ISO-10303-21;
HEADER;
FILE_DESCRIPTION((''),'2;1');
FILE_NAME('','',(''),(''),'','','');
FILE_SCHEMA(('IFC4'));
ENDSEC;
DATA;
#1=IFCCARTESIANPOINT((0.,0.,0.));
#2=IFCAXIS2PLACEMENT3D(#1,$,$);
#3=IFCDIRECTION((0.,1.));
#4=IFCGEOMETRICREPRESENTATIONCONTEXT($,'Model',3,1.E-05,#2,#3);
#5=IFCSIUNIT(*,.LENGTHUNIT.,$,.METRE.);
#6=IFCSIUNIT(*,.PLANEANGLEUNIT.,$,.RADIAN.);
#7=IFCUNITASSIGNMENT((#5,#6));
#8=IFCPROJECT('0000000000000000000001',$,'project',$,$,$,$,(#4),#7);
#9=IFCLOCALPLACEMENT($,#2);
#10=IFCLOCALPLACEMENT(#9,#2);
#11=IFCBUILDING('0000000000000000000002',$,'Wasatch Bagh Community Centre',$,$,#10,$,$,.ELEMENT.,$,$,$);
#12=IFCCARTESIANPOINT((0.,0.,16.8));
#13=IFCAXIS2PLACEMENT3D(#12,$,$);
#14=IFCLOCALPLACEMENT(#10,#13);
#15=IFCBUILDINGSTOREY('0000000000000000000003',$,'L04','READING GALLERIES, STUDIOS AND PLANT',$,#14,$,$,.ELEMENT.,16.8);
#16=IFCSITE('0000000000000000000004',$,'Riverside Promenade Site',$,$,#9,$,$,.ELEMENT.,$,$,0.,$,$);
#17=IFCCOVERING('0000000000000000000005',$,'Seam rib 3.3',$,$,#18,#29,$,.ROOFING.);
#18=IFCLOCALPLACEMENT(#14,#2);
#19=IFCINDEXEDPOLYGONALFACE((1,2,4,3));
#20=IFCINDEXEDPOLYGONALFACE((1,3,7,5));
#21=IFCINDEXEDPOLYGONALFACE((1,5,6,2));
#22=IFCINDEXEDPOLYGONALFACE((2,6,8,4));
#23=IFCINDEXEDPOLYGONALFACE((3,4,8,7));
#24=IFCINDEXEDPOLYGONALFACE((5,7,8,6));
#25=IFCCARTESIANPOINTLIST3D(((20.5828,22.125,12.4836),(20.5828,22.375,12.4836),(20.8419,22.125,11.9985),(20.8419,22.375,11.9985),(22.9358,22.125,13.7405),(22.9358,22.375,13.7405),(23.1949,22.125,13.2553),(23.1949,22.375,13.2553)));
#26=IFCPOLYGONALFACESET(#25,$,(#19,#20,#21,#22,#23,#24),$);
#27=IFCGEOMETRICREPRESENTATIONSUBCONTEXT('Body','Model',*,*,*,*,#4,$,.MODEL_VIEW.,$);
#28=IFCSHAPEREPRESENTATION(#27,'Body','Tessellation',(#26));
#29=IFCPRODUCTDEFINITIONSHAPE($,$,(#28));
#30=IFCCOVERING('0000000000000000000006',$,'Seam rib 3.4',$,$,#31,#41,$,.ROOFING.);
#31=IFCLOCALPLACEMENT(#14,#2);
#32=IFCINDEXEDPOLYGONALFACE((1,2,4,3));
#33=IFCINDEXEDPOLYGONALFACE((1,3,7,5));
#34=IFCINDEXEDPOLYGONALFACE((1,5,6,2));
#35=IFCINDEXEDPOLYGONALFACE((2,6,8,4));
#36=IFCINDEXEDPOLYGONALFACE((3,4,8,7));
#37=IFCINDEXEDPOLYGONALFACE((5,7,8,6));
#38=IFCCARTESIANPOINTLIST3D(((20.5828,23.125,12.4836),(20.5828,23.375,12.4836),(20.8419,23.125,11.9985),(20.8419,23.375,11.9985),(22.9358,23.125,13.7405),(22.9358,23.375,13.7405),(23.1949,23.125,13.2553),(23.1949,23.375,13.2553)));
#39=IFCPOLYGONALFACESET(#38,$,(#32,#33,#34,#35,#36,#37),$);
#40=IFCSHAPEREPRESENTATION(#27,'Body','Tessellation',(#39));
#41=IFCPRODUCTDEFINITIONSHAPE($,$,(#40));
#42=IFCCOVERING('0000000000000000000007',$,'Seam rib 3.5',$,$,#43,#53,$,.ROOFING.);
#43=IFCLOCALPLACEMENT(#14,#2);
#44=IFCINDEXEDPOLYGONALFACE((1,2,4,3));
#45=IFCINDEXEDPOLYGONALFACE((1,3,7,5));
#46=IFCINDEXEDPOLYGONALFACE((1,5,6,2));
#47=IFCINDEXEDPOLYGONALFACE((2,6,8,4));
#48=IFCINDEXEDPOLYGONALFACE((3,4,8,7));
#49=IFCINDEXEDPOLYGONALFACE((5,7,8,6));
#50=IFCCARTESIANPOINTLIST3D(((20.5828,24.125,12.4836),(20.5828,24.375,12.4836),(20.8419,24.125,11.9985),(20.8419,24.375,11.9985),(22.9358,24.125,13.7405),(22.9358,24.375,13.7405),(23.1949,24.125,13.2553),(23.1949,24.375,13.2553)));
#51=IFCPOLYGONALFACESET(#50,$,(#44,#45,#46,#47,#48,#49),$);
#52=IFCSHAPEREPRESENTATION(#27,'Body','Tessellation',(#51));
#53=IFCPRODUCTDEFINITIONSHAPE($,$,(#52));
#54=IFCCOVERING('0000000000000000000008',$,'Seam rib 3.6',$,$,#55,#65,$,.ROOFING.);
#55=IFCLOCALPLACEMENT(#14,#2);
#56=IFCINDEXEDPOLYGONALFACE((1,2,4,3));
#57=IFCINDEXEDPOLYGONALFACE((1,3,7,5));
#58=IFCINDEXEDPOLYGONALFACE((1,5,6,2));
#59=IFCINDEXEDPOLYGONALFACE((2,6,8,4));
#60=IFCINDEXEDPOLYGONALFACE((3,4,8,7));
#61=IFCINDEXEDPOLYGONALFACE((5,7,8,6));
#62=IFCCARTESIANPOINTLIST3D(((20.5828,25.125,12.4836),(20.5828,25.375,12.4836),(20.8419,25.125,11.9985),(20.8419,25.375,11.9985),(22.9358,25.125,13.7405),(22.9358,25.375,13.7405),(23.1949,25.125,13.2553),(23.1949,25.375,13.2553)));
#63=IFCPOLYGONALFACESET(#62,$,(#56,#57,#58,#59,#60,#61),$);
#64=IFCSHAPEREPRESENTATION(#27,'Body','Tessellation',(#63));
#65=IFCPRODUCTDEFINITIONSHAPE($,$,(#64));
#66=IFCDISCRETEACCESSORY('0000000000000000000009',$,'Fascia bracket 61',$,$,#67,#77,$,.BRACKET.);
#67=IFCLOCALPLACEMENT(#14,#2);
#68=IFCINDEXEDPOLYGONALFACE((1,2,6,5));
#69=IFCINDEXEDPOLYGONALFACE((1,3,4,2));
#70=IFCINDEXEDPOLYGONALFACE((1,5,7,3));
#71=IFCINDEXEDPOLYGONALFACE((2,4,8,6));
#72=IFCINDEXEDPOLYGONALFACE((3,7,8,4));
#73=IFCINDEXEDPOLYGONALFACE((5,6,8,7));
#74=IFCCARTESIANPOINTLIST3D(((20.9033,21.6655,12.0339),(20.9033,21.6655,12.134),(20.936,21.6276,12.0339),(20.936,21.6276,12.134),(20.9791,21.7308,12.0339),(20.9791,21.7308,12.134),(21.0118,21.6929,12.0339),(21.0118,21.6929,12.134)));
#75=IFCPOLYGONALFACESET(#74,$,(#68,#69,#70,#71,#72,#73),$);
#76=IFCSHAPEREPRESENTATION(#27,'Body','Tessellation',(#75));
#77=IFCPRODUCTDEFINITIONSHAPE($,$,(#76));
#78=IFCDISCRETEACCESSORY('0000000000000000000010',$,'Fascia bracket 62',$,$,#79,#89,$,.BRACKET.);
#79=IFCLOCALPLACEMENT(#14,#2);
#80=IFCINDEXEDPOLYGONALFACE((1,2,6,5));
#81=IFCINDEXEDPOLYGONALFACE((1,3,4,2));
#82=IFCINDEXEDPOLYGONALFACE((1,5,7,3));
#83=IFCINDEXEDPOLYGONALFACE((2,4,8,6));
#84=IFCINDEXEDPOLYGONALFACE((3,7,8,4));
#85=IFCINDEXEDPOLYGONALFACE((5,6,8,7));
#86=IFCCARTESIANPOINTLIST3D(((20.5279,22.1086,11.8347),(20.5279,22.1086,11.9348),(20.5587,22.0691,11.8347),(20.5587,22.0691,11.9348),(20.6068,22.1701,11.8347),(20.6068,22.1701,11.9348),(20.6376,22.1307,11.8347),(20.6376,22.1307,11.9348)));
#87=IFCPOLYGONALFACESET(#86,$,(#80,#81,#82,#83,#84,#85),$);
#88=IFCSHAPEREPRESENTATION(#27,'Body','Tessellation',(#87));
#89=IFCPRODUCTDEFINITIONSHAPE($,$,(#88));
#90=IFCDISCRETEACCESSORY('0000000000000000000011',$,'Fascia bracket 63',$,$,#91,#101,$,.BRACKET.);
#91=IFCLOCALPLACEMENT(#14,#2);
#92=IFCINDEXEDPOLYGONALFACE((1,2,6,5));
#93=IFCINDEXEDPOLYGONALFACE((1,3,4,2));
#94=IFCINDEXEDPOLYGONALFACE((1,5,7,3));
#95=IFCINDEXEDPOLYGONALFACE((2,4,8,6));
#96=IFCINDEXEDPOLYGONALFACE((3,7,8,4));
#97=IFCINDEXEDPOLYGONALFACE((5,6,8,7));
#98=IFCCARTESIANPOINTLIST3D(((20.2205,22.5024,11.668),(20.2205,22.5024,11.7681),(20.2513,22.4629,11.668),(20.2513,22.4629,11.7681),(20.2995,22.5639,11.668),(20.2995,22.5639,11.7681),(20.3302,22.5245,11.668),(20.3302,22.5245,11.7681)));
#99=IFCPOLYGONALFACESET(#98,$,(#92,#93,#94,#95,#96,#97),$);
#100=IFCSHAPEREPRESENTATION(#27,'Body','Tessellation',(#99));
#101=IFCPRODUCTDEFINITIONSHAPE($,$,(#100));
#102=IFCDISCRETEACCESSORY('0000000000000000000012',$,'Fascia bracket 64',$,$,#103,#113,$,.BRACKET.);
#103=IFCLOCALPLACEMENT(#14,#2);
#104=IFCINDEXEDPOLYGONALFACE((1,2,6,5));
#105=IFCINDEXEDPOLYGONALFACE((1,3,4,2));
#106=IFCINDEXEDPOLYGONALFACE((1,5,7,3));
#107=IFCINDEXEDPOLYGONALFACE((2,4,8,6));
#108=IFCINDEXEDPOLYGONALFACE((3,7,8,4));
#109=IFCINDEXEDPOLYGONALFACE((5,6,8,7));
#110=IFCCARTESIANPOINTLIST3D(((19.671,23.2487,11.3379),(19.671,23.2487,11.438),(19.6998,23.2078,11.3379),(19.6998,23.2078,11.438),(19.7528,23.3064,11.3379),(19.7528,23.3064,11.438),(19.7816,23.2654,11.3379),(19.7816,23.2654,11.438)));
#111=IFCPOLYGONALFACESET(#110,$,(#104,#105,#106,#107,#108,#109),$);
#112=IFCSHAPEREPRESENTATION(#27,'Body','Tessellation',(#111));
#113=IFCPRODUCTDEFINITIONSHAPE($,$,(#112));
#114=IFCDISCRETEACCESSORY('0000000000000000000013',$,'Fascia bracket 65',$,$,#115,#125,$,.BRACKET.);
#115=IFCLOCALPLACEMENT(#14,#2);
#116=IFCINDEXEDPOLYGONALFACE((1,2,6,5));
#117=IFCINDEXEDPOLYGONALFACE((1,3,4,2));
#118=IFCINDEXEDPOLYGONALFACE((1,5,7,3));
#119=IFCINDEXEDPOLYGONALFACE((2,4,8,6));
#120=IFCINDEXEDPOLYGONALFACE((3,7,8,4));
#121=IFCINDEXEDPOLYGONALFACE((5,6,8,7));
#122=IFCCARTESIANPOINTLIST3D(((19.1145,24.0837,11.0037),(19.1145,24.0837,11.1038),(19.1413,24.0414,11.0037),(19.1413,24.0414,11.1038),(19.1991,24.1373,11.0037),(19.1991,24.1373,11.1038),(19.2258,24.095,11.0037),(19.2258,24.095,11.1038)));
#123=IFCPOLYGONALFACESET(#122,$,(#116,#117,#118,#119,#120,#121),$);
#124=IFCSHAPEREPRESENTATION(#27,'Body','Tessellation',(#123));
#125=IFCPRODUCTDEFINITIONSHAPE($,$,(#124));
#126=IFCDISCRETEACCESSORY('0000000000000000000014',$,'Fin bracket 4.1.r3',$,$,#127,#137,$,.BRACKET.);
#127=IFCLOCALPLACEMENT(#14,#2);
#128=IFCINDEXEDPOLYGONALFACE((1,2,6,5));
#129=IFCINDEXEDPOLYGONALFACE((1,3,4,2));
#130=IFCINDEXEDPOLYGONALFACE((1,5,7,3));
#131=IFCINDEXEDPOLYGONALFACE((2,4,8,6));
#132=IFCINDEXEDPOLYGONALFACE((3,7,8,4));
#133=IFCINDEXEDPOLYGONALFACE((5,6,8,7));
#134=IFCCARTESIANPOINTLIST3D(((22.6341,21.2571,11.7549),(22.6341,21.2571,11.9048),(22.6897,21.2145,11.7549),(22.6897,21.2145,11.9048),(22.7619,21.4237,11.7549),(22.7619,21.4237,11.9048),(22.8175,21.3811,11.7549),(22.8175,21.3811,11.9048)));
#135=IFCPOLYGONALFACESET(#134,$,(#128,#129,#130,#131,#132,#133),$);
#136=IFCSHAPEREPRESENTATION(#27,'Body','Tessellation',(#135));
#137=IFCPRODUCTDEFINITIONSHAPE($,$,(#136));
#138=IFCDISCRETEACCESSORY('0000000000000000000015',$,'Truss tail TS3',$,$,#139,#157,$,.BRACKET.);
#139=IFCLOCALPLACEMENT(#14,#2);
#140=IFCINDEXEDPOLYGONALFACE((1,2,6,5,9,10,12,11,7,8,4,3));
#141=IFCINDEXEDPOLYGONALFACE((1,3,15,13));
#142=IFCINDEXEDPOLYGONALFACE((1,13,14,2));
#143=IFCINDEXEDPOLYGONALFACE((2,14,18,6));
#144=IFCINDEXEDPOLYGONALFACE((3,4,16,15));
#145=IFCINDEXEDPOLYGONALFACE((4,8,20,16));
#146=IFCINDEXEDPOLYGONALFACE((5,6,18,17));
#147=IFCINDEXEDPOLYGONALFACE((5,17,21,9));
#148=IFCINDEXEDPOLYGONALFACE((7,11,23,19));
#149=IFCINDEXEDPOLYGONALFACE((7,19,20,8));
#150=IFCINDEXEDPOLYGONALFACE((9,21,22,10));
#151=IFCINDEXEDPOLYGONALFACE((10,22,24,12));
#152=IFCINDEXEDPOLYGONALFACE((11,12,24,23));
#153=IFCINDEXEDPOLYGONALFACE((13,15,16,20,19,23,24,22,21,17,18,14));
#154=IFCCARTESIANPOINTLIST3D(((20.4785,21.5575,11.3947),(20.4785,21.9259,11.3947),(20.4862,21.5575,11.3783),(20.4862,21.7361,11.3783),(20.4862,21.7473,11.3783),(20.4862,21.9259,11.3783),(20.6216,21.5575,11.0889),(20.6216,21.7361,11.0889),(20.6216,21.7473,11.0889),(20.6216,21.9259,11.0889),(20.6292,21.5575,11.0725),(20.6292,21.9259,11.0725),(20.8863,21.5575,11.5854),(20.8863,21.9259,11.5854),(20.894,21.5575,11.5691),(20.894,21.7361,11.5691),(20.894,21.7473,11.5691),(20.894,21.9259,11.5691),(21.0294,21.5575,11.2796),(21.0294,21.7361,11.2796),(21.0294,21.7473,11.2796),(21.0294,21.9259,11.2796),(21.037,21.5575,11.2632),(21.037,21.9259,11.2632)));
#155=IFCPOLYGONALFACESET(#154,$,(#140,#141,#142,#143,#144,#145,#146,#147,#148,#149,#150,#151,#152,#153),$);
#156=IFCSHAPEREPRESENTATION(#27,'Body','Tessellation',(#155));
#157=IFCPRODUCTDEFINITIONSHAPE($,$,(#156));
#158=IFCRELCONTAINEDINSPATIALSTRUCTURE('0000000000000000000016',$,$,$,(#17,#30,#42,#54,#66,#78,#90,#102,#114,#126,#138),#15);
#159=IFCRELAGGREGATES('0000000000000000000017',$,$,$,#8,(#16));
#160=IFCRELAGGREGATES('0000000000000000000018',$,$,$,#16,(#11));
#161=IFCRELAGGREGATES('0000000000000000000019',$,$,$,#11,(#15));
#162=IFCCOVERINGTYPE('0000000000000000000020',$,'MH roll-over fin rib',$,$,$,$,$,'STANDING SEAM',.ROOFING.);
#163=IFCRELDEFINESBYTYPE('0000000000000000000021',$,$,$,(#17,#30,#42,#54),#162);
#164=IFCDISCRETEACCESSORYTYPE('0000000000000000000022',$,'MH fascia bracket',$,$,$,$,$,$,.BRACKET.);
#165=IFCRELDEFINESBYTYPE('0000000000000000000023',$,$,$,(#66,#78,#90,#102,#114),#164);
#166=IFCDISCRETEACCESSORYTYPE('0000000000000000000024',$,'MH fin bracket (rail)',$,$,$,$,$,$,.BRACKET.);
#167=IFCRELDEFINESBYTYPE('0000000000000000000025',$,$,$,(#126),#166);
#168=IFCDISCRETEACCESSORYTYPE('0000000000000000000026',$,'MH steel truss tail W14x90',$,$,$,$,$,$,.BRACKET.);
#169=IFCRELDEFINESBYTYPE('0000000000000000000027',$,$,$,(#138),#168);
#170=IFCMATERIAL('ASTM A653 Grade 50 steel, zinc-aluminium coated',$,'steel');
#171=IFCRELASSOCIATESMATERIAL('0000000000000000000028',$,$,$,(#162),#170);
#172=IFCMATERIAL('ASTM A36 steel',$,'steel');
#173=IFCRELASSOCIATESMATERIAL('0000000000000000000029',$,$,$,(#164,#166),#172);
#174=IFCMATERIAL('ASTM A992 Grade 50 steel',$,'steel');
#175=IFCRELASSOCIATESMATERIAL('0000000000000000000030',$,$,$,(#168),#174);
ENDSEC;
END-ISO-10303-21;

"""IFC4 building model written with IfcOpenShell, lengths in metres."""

from ifc_helpers import new_model, si_unit, direction, frame, origin, origin_2d, place, context, subcontext, project, spatial, polyline, rectangle, i_section, outline, extrude, material, material_profile, profile_set, type_object, element, save


model = new_model("IFC4")

# Units and contexts
model_context = context("Model", 3, precision=1e-05, world=origin(), true_north=direction((0.0, 1.0)))
body_context = subcontext(model_context, "Body", "Model", "MODEL_VIEW")
ifc_project = project(units=[si_unit("LENGTHUNIT", "METRE"), si_unit("PLANEANGLEUNIT", "RADIAN")], contexts=[model_context])

# Site, building, storey
site_placement = place(None, origin())
site = spatial("IfcSite", under=ifc_project, at=site_placement, Name="Riverside Promenade Site", CompositionType="ELEMENT", RefElevation=0.0)
building_placement = place(site_placement, origin())
building = spatial("IfcBuilding", under=site, at=building_placement, Name="Wasatch Bagh Community Centre", CompositionType="ELEMENT")
storey_placement = place(building_placement, frame((0.0, 0.0, 16.8)))
storey = spatial("IfcBuildingStorey", under=building, at=storey_placement, Name="L04", Description="READING GALLERIES, STUDIOS AND PLANT", CompositionType="ELEMENT", Elevation=16.8)

# Shared definitions
ifc_material_1 = material(Name="ASTM A992 Grade 50 steel", Category="steel")

# Coverings
ifc_material_2 = material(Name="ASTM A653 Grade 50 steel, zinc-aluminium coated", Category="steel")
covering_type_1 = type_object("IfcCoveringType", Name="MH roll-over fin rib", ElementType="STANDING SEAM", PredefinedType="ROOFING", material=ifc_material_2)
for number, where, z_axis, x_axis, name in (
    (1, (20.5828, 22.125, 12.4836), (-0.471139, 0.0, 0.882059), (0.882059, 0.0, 0.471139), "Seam rib 3.3"),
    (2, (20.5828, 23.125, 12.4836), (-0.471139, 0.0, 0.882059), (0.882059, 0.0, 0.471139), "Seam rib 3.4"),
    (3, (20.5828, 24.125, 12.4836), (-0.471139, 0.0, 0.882059), (0.882059, 0.0, 0.471139), "Seam rib 3.5"),
    (4, (20.5828, 25.125, 12.4836), (-0.471139, 0.0, 0.882059), (0.882059, 0.0, 0.471139), "Seam rib 3.6"),
):
    element("IfcCovering", number, at=place(storey_placement, frame(where, z_axis=z_axis, x_axis=x_axis)), inside=storey, type_object=covering_type_1, Name=name, PredefinedType="ROOFING", context=body_context, shape_type="SweptSolid", body=[
        extrude(outline(polyline([(0.0, 0.0), (2.6677, 0.0), (2.6677, 0.25), (0.0, 0.25), (0.0, 0.0)])), origin(), (0.0, 0.0, -1.0), 0.55),
    ])

# Discrete accessories
ifc_material_3 = material(Name="ASTM A36 steel", Category="steel")
discrete_accessory_type_1 = type_object("IfcDiscreteAccessoryType", Name="MH fascia bracket", PredefinedType="BRACKET", material=ifc_material_3)
for number, where, z_axis, x_axis, name in (
    (5, (20.9575, 21.6792, 12.0339), (0.0, 0.0, 1.0), (-0.757209, -0.653173, 0.0), "Fascia bracket 61"),
    (6, (20.5828, 22.1196, 11.8347), (0.0, 0.0, 1.0), (-0.788346, -0.615232, 0.0), "Fascia bracket 62"),
    (7, (20.2754, 22.5134, 11.668), (0.0, 0.0, 1.0), (-0.788346, -0.615232, 0.0), "Fascia bracket 63"),
    (8, (19.7263, 23.2571, 11.3379), (0.0, 0.0, 1.0), (-0.817585, -0.575808, 0.0), "Fascia bracket 64"),
    (9, (19.1702, 24.0894, 11.0037), (0.0, 0.0, 1.0), (-0.844854, -0.534998, 0.0), "Fascia bracket 65"),
):
    element("IfcDiscreteAccessory", number, at=place(storey_placement, frame(where, z_axis=z_axis, x_axis=x_axis)), inside=storey, type_object=discrete_accessory_type_1, Name=name, PredefinedType="BRACKET", context=body_context, shape_type="SweptSolid", body=[
        extrude(rectangle(XDim=0.1001, YDim=0.05, at=origin_2d()), origin(), (0.0, 0.0, 1.0), 0.1001),
    ])
discrete_accessory_type_2 = type_object("IfcDiscreteAccessoryType", Name="MH fin bracket (rail)", PredefinedType="BRACKET", material=ifc_material_3)
discrete_accessory_1_placement = place(storey_placement, frame((22.7258, 21.3191, 11.7549), z_axis=(0.0, 0.0, 1.0), x_axis=(0.793353, -0.608761, 0.0)))
element("IfcDiscreteAccessory", 10, at=discrete_accessory_1_placement, inside=storey, type_object=discrete_accessory_type_2, Name="Fin bracket 4.1.r3", PredefinedType="BRACKET", context=body_context, shape_type="SweptSolid", body=[
    extrude(rectangle(XDim=0.0701, YDim=0.21, at=origin_2d()), origin(), (0.0, 0.0, 1.0), 0.1499),
])
ifc_material_profile_1 = material_profile(ifc_material_1, i_section(OverallWidth=0.3684, OverallDepth=0.3557, WebThickness=0.0112, FlangeThickness=0.0181, at=origin_2d()), Name="W14x90")
ifc_profile_set_1 = profile_set([ifc_material_profile_1], Name="ASTM A992 Grade 50 steel")
discrete_accessory_type_3 = type_object("IfcDiscreteAccessoryType", Name="MH steel truss tail W14x90", PredefinedType="BRACKET", material=ifc_profile_set_1)
discrete_accessory_2_placement = place(storey_placement, frame((20.9617, 21.7417, 11.4243), z_axis=(-0.905836, 0.0, -0.423628), x_axis=(0.0, -1.0, 0.0)))
element("IfcDiscreteAccessory", 11, at=discrete_accessory_2_placement, inside=storey, type_object=discrete_accessory_type_3, Name="Truss tail TS3", PredefinedType="BRACKET", context=body_context, shape_type="SweptSolid", body=[
    extrude(i_section(OverallWidth=0.3684, OverallDepth=0.3557, WebThickness=0.0112, FlangeThickness=0.0181, at=origin_2d()), origin(), (0.0, 0.0, 1.0), 0.4502),
])

save(model, "model.ifc")
